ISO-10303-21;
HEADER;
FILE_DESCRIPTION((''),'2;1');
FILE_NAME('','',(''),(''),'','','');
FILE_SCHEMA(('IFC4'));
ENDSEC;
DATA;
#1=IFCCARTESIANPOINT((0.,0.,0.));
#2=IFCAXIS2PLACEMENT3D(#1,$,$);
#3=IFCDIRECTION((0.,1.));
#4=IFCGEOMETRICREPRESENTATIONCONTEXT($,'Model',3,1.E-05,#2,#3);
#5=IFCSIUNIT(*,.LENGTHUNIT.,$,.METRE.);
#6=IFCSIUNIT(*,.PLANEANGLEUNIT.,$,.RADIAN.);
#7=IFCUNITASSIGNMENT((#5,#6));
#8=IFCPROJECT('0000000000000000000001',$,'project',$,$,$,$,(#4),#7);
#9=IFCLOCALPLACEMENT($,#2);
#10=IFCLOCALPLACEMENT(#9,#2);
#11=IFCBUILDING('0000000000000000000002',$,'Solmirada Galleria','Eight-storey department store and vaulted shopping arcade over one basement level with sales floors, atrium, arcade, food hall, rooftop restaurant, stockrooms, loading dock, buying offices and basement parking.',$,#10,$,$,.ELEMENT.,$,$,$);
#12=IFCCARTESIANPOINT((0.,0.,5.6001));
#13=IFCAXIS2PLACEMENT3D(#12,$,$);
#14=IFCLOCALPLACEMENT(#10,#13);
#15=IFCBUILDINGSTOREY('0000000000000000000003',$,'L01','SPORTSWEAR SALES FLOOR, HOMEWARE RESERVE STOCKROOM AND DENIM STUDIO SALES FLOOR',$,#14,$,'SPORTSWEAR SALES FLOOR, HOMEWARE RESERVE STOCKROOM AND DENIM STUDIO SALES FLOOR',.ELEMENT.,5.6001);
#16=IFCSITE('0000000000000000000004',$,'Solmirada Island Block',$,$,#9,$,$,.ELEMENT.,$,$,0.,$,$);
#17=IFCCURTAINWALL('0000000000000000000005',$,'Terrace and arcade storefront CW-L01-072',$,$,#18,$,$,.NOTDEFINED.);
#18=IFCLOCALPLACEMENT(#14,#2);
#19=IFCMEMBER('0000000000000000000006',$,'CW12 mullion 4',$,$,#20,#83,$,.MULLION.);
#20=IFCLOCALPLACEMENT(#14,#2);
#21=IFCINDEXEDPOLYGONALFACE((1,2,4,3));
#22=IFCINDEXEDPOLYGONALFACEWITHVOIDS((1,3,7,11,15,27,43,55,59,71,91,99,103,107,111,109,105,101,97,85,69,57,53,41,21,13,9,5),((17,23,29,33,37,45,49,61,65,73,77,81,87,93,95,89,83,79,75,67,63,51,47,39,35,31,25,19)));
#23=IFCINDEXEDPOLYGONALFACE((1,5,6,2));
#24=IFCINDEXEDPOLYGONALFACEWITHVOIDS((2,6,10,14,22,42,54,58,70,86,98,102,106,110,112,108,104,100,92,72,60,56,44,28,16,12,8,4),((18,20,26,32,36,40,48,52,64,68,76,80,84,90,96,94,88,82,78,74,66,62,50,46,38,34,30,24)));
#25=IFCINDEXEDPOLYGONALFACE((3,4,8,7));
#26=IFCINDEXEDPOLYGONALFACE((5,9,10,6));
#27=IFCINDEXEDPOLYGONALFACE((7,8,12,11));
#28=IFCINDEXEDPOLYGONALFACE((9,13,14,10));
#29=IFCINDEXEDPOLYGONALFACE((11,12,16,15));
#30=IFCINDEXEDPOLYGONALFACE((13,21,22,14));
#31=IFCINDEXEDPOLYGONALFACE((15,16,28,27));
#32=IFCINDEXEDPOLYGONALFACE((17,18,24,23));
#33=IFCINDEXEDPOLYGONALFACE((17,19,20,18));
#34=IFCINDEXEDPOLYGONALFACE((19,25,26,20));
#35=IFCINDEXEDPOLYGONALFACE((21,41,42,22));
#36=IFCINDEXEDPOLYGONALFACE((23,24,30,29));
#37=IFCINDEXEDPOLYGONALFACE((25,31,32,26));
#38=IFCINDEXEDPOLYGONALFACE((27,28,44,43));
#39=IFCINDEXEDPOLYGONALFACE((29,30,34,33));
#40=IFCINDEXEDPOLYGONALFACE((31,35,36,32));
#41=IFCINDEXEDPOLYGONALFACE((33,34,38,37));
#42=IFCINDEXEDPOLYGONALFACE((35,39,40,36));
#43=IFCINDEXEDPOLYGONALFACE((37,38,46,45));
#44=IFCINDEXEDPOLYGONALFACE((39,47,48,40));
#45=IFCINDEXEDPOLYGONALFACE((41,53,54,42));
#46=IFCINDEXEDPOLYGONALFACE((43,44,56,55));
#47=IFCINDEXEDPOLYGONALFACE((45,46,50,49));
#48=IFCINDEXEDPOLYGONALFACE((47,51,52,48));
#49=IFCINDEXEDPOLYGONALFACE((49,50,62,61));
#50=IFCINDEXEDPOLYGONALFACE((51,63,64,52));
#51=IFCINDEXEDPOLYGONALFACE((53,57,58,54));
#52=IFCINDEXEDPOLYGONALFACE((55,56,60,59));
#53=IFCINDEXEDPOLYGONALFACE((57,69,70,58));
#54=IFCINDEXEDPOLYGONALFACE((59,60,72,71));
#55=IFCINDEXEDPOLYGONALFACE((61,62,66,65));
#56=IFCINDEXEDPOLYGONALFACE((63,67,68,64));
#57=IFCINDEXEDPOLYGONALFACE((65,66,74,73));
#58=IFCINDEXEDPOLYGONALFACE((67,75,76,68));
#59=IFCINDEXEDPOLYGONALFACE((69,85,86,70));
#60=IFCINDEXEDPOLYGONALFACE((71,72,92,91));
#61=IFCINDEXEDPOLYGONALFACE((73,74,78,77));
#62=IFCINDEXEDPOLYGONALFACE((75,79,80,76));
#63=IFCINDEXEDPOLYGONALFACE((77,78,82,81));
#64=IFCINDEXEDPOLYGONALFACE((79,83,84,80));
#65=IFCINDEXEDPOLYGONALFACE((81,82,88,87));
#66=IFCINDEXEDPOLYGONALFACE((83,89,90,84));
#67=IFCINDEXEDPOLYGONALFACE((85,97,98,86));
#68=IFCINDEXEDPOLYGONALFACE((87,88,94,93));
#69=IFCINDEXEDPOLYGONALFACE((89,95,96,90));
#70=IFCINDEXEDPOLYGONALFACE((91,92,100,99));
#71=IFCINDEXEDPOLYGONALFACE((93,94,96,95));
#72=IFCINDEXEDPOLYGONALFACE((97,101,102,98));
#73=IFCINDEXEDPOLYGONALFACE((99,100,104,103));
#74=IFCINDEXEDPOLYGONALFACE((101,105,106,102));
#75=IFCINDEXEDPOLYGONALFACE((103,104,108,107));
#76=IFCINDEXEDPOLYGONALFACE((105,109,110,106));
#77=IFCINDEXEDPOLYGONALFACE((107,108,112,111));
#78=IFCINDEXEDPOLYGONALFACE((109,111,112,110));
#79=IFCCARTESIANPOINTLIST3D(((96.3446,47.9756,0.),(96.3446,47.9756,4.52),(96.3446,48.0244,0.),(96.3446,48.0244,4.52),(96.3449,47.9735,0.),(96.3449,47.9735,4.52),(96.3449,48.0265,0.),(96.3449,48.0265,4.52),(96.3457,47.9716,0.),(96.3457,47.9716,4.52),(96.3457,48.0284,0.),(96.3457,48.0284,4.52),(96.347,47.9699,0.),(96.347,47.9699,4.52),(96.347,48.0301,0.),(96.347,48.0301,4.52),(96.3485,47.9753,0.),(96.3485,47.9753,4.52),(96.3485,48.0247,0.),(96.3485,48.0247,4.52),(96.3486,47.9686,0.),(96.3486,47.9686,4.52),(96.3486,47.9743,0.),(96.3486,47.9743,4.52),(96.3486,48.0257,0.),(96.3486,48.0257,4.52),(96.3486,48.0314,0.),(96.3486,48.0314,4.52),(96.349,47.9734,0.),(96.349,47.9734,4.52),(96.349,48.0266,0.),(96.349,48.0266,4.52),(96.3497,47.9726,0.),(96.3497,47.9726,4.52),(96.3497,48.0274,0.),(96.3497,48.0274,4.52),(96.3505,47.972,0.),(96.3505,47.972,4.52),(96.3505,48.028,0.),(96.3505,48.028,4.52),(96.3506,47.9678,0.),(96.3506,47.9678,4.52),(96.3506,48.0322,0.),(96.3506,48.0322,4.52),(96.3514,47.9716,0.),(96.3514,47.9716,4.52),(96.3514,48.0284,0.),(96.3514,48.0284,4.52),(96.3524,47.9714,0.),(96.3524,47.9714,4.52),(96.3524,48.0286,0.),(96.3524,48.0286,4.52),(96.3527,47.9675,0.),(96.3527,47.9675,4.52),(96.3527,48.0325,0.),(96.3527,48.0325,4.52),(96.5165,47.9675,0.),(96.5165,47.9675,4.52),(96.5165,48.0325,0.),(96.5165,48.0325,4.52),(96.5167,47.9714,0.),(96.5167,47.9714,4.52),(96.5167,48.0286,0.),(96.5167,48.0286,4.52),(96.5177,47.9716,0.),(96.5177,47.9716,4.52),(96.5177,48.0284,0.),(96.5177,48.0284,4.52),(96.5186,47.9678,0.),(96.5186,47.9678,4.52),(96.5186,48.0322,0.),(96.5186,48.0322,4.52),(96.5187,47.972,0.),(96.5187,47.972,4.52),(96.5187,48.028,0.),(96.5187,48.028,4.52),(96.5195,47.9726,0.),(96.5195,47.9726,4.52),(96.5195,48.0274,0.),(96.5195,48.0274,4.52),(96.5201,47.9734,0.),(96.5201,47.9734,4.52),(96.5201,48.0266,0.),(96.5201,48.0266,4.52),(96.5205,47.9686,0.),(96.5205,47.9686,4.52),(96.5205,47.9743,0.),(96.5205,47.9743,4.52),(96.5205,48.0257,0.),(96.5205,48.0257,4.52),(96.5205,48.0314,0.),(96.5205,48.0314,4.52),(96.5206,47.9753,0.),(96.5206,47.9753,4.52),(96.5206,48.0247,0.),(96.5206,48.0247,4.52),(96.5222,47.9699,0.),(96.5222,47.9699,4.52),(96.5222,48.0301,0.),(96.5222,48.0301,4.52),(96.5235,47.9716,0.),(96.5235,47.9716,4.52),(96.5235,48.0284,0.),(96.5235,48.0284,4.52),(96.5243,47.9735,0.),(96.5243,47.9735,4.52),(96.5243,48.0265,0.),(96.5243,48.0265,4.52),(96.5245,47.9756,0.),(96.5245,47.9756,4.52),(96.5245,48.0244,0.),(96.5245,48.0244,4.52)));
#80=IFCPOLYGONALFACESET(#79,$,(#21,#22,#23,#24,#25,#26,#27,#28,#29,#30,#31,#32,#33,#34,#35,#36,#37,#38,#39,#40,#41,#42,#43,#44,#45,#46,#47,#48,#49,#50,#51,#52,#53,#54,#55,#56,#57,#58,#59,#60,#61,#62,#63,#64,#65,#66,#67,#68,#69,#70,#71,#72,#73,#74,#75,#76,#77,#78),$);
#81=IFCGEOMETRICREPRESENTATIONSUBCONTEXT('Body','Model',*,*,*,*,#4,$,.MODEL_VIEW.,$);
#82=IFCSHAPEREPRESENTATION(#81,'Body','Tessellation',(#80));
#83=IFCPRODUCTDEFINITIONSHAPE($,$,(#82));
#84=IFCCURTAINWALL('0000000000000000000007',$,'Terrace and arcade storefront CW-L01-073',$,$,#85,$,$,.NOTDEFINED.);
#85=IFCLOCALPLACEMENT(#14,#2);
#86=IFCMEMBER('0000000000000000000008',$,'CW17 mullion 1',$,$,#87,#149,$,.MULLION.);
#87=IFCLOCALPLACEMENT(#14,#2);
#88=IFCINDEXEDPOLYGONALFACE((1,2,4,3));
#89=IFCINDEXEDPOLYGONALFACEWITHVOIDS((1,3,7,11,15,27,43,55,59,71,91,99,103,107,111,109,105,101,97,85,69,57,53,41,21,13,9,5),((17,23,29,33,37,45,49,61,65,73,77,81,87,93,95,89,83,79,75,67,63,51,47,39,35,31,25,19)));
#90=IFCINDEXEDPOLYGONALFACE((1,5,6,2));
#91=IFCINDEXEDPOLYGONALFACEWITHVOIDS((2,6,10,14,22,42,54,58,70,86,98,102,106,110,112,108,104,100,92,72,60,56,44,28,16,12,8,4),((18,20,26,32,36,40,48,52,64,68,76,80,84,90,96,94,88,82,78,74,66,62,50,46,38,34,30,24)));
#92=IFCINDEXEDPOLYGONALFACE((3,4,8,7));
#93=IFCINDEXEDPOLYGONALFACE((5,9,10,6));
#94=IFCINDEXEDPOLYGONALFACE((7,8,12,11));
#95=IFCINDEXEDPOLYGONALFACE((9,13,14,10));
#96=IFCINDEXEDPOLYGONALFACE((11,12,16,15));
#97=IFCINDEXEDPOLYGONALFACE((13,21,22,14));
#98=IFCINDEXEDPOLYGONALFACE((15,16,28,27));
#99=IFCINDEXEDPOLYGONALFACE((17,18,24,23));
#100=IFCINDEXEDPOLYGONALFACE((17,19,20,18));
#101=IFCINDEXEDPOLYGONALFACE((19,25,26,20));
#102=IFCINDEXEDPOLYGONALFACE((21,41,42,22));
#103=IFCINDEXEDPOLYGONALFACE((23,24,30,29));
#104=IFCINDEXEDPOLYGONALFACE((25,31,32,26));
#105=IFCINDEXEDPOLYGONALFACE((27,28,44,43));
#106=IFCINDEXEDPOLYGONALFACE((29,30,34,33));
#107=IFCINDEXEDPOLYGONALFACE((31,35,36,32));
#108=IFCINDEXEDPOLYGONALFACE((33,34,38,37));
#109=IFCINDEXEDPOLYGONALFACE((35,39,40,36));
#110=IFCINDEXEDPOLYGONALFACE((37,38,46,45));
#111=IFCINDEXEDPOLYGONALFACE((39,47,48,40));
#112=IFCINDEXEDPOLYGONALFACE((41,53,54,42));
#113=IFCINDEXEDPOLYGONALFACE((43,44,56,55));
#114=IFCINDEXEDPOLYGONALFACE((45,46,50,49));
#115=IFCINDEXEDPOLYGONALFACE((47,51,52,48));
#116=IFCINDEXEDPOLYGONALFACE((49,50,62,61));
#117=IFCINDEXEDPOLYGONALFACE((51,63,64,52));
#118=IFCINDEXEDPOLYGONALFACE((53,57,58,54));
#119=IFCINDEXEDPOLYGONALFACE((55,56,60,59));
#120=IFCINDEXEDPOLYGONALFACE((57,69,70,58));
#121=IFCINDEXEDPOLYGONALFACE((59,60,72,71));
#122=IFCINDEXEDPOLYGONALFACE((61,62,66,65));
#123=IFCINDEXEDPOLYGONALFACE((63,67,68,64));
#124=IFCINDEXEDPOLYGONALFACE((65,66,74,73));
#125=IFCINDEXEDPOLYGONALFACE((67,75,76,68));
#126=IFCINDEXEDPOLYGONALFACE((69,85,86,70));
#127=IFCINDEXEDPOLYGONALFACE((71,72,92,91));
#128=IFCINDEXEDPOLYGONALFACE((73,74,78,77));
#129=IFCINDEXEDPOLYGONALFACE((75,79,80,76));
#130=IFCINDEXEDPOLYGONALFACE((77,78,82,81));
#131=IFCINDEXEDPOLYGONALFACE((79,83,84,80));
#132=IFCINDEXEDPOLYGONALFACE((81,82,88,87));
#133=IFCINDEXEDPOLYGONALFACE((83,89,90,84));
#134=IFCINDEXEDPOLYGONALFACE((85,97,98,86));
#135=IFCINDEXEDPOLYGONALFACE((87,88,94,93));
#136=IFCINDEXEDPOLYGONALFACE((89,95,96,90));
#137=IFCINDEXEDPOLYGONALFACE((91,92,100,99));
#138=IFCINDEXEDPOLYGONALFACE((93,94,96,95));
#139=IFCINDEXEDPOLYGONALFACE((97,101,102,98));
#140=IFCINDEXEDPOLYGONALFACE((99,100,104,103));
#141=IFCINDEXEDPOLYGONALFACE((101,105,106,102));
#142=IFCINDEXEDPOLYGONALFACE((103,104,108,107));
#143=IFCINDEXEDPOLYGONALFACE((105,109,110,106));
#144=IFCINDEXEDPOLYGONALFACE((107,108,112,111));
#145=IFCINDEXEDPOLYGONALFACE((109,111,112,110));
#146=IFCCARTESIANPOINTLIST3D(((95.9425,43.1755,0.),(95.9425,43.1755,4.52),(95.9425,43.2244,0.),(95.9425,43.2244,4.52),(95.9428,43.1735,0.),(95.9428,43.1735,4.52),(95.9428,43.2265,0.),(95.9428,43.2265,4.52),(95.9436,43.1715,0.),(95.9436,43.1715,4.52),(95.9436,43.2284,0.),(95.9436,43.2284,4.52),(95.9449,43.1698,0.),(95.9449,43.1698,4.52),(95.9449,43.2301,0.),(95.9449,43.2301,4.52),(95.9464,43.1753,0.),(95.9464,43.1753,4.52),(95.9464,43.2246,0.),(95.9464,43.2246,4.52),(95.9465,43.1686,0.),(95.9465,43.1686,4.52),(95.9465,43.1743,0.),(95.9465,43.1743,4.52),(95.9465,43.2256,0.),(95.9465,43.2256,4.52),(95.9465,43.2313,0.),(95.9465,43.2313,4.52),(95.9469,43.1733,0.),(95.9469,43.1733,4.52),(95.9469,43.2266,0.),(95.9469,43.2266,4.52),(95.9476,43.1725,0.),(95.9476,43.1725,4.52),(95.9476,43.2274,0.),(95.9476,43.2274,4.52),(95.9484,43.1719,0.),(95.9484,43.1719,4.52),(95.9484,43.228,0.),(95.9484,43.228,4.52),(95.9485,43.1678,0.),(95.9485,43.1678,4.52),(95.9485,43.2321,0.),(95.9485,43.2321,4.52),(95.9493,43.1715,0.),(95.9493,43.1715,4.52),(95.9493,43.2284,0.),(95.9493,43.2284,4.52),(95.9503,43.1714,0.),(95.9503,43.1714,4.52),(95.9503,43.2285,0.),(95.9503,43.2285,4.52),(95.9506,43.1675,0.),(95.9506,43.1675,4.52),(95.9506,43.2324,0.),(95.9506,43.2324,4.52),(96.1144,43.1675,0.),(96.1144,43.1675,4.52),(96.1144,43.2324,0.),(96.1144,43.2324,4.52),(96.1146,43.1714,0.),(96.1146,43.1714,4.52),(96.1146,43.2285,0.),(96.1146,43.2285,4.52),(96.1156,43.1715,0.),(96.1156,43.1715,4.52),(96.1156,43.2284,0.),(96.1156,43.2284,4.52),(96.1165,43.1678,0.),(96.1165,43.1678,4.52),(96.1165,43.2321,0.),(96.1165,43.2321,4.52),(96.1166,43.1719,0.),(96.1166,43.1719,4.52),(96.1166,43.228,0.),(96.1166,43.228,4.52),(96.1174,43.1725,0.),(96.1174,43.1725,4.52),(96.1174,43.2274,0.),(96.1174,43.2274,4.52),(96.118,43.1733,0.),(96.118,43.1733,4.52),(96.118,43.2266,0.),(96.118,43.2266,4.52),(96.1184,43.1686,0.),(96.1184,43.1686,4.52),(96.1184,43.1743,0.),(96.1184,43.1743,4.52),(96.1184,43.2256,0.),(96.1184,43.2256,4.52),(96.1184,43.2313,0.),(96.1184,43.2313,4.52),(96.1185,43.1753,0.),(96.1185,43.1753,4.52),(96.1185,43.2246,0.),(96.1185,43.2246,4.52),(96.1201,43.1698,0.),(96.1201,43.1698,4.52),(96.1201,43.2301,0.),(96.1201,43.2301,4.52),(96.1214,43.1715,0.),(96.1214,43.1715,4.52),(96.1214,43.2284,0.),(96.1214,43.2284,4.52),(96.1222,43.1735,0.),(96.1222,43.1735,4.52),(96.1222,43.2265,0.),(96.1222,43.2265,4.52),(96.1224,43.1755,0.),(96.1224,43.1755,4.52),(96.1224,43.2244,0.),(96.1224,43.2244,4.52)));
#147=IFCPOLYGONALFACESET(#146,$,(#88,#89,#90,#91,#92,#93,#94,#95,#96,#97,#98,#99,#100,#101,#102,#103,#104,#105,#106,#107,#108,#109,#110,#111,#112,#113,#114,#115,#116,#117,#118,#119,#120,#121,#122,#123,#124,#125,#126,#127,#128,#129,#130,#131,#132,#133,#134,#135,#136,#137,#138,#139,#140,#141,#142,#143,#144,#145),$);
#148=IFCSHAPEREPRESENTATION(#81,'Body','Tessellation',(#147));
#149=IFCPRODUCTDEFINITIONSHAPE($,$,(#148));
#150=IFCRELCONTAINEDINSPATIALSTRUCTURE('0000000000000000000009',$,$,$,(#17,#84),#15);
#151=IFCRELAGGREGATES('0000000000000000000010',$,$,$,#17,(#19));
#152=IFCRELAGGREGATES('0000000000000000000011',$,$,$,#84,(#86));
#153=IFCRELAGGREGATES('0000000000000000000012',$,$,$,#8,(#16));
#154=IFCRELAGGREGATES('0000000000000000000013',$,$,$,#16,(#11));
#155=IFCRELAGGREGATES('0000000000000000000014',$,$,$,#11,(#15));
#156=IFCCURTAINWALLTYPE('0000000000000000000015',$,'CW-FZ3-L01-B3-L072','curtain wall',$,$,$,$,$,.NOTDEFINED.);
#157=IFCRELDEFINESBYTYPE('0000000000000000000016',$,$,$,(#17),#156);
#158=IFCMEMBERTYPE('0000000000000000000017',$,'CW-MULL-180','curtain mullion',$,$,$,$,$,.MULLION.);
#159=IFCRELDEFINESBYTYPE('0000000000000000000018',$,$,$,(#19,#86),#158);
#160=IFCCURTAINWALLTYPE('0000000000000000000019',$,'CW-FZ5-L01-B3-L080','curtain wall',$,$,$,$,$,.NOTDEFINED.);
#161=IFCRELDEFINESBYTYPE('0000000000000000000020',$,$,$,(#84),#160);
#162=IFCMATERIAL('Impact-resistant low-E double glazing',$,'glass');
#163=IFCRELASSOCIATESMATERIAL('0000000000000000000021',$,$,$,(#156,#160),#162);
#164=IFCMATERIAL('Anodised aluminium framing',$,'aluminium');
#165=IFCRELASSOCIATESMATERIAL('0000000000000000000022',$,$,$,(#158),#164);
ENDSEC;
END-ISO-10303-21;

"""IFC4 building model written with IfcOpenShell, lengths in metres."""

from ifc_helpers import new_model, si_unit, direction, frame, origin, origin_2d, place, context, subcontext, project, spatial, hollow_rectangle, extrude, material, material_profile, profile_set, type_object, element, aggregate, save


model = new_model("IFC4")

# Units and contexts
model_context = context("Model", 3, precision=1e-05, world=origin(), true_north=direction((0.0, 1.0)))
body_context = subcontext(model_context, "Body", "Model", "MODEL_VIEW")
ifc_project = project(units=[si_unit("LENGTHUNIT", "METRE"), si_unit("PLANEANGLEUNIT", "RADIAN")], contexts=[model_context])

# Site, building, storey
site_placement = place(None, origin())
site = spatial("IfcSite", under=ifc_project, at=site_placement, Name="Solmirada Island Block", CompositionType="ELEMENT", RefElevation=0.0)
building_placement = place(site_placement, origin())
building = spatial("IfcBuilding", under=site, at=building_placement, Name="Solmirada Galleria", Description="Eight-storey department store and vaulted shopping arcade over one basement level with sales floors, atrium, arcade, food hall, rooftop restaurant, stockrooms, loading dock, buying offices and basement parking.", CompositionType="ELEMENT")
storey_placement = place(building_placement, frame((0.0, 0.0, 5.6001)))
storey = spatial("IfcBuildingStorey", under=building, at=storey_placement, Name="L01", Description="SPORTSWEAR SALES FLOOR, HOMEWARE RESERVE STOCKROOM AND DENIM STUDIO SALES FLOOR", LongName="SPORTSWEAR SALES FLOOR, HOMEWARE RESERVE STOCKROOM AND DENIM STUDIO SALES FLOOR", CompositionType="ELEMENT", Elevation=5.6001)

# Curtain wall, member
ifc_material_1 = material(Name="Impact-resistant low-E double glazing", Category="glass")
curtain_wall_type_1 = type_object("IfcCurtainWallType", Name="CW-FZ3-L01-B3-L072", Description="curtain wall", PredefinedType="NOTDEFINED", material=ifc_material_1)
curtain_wall_1_placement = place(storey_placement, origin())
curtain_wall_1 = element("IfcCurtainWall", 1, at=curtain_wall_1_placement, inside=storey, type_object=curtain_wall_type_1, Name="Terrace and arcade storefront CW-L01-072", PredefinedType="NOTDEFINED")
ifc_material_2 = material(Name="Anodised aluminium framing", Category="aluminium")
ifc_material_profile_1 = material_profile(ifc_material_2, hollow_rectangle(XDim=0.0649, YDim=0.1799, WallThickness=0.0039, InnerFilletRadius=0.0039, OuterFilletRadius=0.0081, at=origin_2d()), Name="ALU-MULL-180X65")
ifc_profile_set_1 = profile_set([ifc_material_profile_1], Name="Anodised aluminium framing")
member_type_1 = type_object("IfcMemberType", Name="CW-MULL-180", Description="curtain mullion", PredefinedType="MULLION", material=ifc_profile_set_1)
member_1_placement = place(storey_placement, frame((96.4346, 48.0, 0.0), z_axis=(0.0, 0.0, 1.0), x_axis=(0.0, -1.0, 0.0)))
member_1 = element("IfcMember", 2, at=member_1_placement, type_object=member_type_1, Name="CW12 mullion 4", PredefinedType="MULLION", context=body_context, shape_type="SweptSolid", body=[
    extrude(hollow_rectangle(XDim=0.0649, YDim=0.1799, WallThickness=0.0039, InnerFilletRadius=0.0039, OuterFilletRadius=0.0081, at=origin_2d()), origin(), (0.0, 0.0, 1.0), 4.52),
])

# Curtain wall, member
curtain_wall_type_2 = type_object("IfcCurtainWallType", Name="CW-FZ5-L01-B3-L080", Description="curtain wall", PredefinedType="NOTDEFINED", material=ifc_material_1)
curtain_wall_2_placement = place(storey_placement, origin())
curtain_wall_2 = element("IfcCurtainWall", 3, at=curtain_wall_2_placement, inside=storey, type_object=curtain_wall_type_2, Name="Terrace and arcade storefront CW-L01-073", PredefinedType="NOTDEFINED")
member_2_placement = place(storey_placement, frame((96.0325, 43.2, 0.0), z_axis=(0.0, 0.0, 1.0), x_axis=(0.0, 1.0, 0.0)))
member_2 = element("IfcMember", 4, at=member_2_placement, type_object=member_type_1, Name="CW17 mullion 1", PredefinedType="MULLION", context=body_context, shape_type="SweptSolid", body=[
    extrude(hollow_rectangle(XDim=0.0649, YDim=0.1799, WallThickness=0.0039, InnerFilletRadius=0.0039, OuterFilletRadius=0.0081, at=origin_2d()), origin(), (0.0, 0.0, 1.0), 4.52),
])

aggregate(curtain_wall_1, [member_1])
aggregate(curtain_wall_2, [member_2])

save(model, "model.ifc")
